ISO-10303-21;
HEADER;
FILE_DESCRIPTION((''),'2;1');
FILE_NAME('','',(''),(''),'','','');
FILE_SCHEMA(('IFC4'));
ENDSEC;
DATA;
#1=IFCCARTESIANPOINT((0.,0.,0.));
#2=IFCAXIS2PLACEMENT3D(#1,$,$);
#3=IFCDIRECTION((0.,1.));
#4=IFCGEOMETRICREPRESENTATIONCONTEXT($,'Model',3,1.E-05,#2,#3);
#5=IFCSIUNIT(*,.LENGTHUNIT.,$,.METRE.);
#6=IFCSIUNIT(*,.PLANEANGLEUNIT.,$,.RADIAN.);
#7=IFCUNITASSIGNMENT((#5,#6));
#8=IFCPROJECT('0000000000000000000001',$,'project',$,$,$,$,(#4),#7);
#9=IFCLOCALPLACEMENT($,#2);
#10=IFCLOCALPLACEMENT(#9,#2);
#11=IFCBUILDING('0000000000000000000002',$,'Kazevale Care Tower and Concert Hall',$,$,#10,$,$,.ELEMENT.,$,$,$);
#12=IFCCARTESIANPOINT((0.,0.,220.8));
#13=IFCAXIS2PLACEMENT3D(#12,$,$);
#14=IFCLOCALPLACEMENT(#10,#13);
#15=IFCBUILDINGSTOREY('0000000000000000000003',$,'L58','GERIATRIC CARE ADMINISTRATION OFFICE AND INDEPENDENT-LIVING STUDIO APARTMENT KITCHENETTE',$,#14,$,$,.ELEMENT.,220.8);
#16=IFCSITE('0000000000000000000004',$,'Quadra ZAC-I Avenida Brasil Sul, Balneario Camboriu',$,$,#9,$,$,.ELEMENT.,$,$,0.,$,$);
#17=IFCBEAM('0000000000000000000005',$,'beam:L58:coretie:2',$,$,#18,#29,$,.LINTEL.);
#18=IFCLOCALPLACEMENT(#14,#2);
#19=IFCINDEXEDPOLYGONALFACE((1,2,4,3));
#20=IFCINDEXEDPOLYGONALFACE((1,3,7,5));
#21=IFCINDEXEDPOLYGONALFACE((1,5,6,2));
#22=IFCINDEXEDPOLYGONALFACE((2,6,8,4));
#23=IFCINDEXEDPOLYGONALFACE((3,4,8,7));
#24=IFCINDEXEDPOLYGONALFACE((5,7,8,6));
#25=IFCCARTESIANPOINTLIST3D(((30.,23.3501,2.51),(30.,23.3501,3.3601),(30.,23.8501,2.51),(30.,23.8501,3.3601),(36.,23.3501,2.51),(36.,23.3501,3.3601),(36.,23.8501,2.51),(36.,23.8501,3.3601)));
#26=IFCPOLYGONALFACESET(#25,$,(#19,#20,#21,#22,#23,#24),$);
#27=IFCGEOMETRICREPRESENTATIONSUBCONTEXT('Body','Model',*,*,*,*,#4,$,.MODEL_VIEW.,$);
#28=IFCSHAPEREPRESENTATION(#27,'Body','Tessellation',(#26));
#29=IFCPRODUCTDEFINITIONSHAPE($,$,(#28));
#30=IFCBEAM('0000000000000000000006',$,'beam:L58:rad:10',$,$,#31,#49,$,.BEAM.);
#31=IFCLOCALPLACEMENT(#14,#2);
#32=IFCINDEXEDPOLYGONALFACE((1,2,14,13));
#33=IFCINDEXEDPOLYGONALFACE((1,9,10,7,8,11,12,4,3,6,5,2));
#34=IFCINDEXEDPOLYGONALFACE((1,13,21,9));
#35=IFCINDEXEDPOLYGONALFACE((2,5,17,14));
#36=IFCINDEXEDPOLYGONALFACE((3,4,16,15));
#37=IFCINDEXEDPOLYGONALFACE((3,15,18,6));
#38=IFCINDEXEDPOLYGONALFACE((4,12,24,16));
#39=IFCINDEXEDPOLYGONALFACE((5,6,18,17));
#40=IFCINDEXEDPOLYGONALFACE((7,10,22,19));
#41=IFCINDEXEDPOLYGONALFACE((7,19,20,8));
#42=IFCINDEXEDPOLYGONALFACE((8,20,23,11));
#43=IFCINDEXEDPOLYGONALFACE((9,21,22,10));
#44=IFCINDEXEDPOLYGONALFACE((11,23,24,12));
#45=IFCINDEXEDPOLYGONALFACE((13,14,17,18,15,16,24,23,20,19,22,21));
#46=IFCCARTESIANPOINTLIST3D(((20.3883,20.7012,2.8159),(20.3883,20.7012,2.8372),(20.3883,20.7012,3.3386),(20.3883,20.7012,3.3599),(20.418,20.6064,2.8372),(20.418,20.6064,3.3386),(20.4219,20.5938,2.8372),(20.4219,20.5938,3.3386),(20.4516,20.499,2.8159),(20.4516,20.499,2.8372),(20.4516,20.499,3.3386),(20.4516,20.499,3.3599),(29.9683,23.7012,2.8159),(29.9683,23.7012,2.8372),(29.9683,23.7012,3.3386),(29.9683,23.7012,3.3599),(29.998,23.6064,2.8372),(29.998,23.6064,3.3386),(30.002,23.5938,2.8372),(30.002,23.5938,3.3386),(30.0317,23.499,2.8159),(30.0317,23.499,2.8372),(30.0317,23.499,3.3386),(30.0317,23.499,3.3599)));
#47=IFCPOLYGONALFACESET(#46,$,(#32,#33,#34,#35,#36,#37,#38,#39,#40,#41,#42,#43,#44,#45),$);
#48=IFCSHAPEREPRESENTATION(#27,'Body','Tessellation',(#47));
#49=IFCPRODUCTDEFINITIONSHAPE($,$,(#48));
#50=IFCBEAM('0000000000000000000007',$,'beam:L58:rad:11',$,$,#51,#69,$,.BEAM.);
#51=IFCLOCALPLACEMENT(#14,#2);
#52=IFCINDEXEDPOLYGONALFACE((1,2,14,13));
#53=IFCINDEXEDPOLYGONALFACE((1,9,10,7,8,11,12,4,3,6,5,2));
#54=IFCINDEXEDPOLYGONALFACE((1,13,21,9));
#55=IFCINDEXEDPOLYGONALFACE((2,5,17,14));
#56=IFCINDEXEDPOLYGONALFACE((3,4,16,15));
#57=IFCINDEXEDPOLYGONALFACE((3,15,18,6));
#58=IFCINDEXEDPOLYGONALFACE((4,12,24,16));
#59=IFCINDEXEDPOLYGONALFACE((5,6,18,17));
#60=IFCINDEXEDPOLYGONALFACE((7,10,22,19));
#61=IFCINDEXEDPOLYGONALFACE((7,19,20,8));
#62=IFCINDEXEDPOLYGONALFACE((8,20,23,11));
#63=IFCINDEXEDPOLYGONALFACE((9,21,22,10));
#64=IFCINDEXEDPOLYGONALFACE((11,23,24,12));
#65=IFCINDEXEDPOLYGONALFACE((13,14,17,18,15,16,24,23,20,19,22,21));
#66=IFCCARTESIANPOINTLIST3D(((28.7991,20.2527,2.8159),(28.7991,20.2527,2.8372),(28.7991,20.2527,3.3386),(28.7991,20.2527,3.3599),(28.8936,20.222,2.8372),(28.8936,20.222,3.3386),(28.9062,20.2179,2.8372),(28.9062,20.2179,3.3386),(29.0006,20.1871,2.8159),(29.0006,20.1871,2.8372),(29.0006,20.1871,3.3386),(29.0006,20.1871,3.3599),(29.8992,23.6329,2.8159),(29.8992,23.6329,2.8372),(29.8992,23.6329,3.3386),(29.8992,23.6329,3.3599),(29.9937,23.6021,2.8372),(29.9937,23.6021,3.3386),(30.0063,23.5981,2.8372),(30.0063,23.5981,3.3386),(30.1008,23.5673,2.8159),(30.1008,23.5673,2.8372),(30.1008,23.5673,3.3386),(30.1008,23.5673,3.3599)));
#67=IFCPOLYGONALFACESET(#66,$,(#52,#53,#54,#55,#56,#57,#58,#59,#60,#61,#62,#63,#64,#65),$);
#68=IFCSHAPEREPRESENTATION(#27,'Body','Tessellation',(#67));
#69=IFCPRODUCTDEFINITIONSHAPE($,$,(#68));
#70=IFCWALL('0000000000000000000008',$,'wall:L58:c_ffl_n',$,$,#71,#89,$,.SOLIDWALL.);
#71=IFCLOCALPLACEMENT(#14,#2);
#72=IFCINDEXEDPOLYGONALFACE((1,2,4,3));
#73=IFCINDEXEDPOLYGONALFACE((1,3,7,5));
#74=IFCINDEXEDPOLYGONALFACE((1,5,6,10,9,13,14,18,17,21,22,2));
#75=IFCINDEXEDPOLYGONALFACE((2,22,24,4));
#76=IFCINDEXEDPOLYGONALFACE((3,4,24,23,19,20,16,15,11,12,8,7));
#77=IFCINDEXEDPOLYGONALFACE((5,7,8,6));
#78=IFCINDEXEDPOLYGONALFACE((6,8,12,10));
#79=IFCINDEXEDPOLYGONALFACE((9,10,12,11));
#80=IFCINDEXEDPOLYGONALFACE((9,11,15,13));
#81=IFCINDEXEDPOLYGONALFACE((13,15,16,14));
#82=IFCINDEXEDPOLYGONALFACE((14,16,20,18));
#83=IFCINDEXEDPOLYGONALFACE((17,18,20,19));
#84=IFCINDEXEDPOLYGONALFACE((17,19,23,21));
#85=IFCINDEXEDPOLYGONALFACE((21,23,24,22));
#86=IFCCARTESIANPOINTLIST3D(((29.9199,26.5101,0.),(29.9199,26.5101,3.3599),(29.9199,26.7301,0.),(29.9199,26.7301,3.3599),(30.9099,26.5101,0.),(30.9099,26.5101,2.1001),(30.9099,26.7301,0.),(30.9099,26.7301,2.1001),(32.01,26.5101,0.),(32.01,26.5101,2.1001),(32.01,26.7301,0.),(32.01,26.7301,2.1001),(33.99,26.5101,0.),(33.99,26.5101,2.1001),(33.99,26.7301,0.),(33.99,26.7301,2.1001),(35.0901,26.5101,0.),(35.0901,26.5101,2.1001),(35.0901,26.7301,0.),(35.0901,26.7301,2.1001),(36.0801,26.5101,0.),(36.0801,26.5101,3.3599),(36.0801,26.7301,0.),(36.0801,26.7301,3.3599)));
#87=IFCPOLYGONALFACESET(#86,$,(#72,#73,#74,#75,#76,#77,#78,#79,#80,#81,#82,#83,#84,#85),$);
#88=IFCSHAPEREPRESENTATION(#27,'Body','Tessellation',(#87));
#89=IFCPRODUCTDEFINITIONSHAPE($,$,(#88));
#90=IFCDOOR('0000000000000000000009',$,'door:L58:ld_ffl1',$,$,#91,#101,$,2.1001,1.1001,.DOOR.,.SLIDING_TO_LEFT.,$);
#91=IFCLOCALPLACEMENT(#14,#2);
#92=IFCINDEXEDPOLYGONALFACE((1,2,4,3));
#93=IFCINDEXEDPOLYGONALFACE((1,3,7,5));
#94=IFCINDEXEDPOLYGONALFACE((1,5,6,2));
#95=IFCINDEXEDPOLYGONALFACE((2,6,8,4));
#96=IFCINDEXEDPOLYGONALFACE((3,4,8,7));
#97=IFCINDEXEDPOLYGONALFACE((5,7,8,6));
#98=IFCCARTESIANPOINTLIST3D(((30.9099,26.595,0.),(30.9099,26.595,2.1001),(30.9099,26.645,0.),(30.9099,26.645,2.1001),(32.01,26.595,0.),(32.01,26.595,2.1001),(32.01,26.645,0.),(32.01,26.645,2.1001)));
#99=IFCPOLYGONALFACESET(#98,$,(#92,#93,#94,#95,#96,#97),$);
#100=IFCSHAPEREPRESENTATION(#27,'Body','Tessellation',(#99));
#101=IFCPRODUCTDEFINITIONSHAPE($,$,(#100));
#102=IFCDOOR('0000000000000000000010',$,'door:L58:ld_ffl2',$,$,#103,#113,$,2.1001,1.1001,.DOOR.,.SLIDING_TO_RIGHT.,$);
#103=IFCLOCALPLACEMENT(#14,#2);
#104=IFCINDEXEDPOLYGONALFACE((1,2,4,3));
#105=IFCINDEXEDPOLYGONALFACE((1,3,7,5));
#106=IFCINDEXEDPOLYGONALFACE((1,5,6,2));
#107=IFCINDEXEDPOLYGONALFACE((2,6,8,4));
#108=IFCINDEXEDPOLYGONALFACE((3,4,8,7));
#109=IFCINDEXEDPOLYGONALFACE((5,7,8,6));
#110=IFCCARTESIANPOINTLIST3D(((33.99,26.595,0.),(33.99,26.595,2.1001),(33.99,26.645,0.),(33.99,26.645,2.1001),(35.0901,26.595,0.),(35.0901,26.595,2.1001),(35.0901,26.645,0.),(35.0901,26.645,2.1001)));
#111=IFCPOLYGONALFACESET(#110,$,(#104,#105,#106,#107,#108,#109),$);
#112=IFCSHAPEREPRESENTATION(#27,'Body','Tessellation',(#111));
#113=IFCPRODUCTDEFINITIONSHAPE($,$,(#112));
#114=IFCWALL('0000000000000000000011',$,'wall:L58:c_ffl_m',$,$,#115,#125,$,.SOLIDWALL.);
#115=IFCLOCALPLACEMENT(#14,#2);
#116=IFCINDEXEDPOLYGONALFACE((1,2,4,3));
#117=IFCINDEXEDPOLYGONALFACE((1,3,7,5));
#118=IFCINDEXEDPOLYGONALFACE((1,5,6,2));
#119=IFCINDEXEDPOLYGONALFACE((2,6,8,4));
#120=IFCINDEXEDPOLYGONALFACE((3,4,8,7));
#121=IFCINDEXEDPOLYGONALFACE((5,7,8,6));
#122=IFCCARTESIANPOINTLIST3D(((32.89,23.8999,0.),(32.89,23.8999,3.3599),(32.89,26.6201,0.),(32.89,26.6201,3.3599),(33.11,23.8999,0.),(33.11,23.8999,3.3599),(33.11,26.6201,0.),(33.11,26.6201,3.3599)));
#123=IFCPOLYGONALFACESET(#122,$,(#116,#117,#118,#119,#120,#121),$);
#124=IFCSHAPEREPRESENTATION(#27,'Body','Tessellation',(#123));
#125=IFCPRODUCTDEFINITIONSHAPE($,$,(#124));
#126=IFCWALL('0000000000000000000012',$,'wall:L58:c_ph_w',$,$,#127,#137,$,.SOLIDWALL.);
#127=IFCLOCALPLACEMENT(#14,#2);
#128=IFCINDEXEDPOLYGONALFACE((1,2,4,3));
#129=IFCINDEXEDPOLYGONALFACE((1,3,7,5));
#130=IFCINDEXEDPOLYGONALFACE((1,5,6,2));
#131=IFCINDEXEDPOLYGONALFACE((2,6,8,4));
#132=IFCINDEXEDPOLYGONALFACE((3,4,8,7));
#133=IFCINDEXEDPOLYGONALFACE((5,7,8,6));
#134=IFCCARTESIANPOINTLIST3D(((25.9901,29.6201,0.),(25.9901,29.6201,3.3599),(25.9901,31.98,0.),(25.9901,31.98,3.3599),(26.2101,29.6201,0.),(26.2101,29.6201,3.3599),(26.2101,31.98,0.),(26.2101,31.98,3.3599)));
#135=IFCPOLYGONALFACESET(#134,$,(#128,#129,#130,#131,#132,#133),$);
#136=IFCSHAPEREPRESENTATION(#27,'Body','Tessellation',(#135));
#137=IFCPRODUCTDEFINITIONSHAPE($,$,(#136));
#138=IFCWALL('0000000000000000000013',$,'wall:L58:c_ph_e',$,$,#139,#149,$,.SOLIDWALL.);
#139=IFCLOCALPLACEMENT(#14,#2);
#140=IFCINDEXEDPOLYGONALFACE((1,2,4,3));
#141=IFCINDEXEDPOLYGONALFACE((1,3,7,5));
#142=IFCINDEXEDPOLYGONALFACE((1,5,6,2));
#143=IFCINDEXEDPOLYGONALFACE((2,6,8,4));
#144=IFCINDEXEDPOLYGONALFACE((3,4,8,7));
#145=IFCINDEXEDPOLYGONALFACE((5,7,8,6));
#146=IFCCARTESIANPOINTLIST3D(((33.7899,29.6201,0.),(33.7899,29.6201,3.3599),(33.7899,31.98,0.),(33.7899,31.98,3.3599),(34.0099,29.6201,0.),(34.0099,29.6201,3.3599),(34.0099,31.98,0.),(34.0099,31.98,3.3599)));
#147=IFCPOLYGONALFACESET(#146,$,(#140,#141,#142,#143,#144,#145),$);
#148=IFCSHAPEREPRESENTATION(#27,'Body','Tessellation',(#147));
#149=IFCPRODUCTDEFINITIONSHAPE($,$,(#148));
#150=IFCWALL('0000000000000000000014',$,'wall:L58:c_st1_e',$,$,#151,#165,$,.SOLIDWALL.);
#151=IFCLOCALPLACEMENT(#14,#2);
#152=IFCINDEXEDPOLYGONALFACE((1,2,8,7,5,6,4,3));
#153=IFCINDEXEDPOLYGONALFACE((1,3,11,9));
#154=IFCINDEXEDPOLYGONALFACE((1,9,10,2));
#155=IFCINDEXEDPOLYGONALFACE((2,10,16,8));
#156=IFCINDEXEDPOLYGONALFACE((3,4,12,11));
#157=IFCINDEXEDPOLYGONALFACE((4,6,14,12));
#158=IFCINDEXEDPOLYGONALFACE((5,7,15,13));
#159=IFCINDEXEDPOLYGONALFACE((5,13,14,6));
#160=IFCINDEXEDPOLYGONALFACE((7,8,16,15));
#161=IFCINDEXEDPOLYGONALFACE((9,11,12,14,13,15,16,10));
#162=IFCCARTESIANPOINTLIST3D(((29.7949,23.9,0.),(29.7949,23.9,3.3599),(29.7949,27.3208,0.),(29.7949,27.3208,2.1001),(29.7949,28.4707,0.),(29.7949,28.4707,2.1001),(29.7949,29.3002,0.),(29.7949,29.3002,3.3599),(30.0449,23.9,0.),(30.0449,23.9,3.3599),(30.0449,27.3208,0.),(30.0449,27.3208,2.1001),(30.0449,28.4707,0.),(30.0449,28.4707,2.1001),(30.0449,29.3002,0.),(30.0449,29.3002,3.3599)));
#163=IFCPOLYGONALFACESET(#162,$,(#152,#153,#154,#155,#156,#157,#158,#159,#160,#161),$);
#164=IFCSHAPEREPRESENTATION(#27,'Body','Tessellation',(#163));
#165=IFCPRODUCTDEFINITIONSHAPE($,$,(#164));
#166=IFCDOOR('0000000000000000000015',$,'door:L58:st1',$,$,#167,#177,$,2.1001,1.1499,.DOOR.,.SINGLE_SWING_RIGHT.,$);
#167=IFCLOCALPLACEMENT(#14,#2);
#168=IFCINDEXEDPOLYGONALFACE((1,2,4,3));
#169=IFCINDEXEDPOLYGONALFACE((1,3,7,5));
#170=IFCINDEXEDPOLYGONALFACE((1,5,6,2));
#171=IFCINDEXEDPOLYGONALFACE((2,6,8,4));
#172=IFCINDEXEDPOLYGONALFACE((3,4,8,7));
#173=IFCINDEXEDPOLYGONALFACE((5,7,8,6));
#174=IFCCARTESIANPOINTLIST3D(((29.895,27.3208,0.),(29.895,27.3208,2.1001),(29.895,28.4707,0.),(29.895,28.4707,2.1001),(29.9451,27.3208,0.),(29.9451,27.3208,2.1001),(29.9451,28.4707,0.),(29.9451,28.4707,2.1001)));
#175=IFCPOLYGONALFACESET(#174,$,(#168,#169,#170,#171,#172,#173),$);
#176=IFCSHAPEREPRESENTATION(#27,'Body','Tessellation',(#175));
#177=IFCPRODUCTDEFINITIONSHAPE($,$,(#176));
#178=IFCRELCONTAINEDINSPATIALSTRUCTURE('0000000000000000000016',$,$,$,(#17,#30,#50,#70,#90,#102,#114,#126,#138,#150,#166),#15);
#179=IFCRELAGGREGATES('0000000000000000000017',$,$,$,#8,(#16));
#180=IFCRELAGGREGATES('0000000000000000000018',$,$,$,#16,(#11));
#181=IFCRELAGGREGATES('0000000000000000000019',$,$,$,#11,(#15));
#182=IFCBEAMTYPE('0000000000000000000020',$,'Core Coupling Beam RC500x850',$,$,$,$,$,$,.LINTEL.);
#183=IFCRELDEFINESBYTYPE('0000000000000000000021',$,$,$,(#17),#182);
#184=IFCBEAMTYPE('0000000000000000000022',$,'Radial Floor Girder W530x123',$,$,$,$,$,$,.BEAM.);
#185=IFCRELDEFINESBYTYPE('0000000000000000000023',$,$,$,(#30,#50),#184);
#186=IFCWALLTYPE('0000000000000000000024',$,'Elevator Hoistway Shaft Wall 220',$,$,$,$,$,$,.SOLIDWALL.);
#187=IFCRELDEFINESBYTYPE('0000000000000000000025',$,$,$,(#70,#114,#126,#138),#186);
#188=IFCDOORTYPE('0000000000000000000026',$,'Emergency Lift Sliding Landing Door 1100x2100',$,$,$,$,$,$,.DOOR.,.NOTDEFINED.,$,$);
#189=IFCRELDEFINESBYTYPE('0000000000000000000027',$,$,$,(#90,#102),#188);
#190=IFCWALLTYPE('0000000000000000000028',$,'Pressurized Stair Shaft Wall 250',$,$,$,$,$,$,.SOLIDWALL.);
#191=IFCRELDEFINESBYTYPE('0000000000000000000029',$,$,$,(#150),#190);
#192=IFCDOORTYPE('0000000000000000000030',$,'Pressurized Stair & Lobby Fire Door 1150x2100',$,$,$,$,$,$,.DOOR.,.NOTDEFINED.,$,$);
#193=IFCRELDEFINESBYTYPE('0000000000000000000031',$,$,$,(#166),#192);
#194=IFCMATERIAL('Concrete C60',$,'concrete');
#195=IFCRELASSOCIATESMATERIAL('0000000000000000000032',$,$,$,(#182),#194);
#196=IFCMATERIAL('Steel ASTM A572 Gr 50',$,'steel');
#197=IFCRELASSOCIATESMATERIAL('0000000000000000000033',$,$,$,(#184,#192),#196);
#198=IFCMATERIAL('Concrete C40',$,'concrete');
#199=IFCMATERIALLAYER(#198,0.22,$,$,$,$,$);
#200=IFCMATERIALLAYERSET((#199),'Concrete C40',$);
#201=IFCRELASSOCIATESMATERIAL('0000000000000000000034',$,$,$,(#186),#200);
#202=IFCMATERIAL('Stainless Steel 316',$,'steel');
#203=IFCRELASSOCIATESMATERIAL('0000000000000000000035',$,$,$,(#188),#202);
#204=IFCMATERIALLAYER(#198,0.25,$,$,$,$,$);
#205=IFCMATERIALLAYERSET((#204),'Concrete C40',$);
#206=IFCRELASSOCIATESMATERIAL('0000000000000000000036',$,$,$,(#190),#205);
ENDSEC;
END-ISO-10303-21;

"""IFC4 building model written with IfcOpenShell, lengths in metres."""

from ifc_helpers import new_model, si_unit, direction, frame, frame_2d, origin, origin_2d, place, context, subcontext, project, spatial, rectangle, i_section, extrude, material, layer, layer_set, material_profile, profile_set, type_object, element, fill, save


model = new_model("IFC4")

# Units and contexts
model_context = context("Model", 3, precision=1e-05, world=origin(), true_north=direction((0.0, 1.0)))
body_context = subcontext(model_context, "Body", "Model", "MODEL_VIEW")
ifc_project = project(units=[si_unit("LENGTHUNIT", "METRE"), si_unit("PLANEANGLEUNIT", "RADIAN")], contexts=[model_context])

# Site, building, storey
site_placement = place(None, origin())
site = spatial("IfcSite", under=ifc_project, at=site_placement, Name="Quadra ZAC-I Avenida Brasil Sul, Balneario Camboriu", CompositionType="ELEMENT", RefElevation=0.0)
building_placement = place(site_placement, origin())
building = spatial("IfcBuilding", under=site, at=building_placement, Name="Kazevale Care Tower and Concert Hall", CompositionType="ELEMENT")
storey_placement = place(building_placement, frame((0.0, 0.0, 220.8)))
storey = spatial("IfcBuildingStorey", under=building, at=storey_placement, Name="L58", Description="GERIATRIC CARE ADMINISTRATION OFFICE AND INDEPENDENT-LIVING STUDIO APARTMENT KITCHENETTE", CompositionType="ELEMENT", Elevation=220.8)

# Beams
ifc_material_1 = material(Name="Concrete C60", Category="concrete")
ifc_material_profile_1 = material_profile(ifc_material_1, rectangle(XDim=0.5, YDim=0.8501, at=origin_2d()), Name="RC-B500x850")
ifc_profile_set_1 = profile_set([ifc_material_profile_1], Name="Concrete C60")
beam_type_1 = type_object("IfcBeamType", Name="Core Coupling Beam RC500x850", PredefinedType="LINTEL", material=ifc_profile_set_1)
beam_1_placement = place(storey_placement, frame((30.0, 23.6001, 2.9351), z_axis=(1.0, 0.0, 0.0), x_axis=(0.0, 1.0, 0.0)))
element("IfcBeam", 1, at=beam_1_placement, inside=storey, type_object=beam_type_1, Name="beam:L58:coretie:2", PredefinedType="LINTEL", context=body_context, shape_type="SweptSolid", body=[
    extrude(rectangle(XDim=0.5, YDim=0.8501, at=origin_2d()), origin(), (0.0, 0.0, 1.0), 6.0),
])
ifc_material_2 = material(Name="Steel ASTM A572 Gr 50", Category="steel")
ifc_material_profile_2 = material_profile(ifc_material_2, i_section(OverallWidth=0.2119, OverallDepth=0.5439, WebThickness=0.0132, FlangeThickness=0.0212, at=origin_2d()), Name="W530x123")
ifc_profile_set_2 = profile_set([ifc_material_profile_2], Name="Steel ASTM A572 Gr 50")
beam_type_2 = type_object("IfcBeamType", Name="Radial Floor Girder W530x123", PredefinedType="BEAM", material=ifc_profile_set_2)
beam_2_placement = place(storey_placement, frame((30.0, 23.6001, 3.0879), z_axis=(-0.954303, -0.29884, 0.0), x_axis=(0.29884, -0.954303, 0.0)))
element("IfcBeam", 2, at=beam_2_placement, inside=storey, type_object=beam_type_2, Name="beam:L58:rad:10", PredefinedType="BEAM", context=body_context, shape_type="SweptSolid", body=[
    extrude(i_section(OverallWidth=0.2119, OverallDepth=0.5439, WebThickness=0.0132, FlangeThickness=0.0212, at=origin_2d()), origin(), (0.0, 0.0, 1.0), 10.0388),
])
beam_3_placement = place(storey_placement, frame((30.0, 23.6001, 3.0879), z_axis=(-0.309482, -0.950905, 0.0), x_axis=(0.950905, -0.309482, 0.0)))
element("IfcBeam", 3, at=beam_3_placement, inside=storey, type_object=beam_type_2, Name="beam:L58:rad:11", PredefinedType="BEAM", context=body_context, shape_type="SweptSolid", body=[
    extrude(i_section(OverallWidth=0.2119, OverallDepth=0.5439, WebThickness=0.0132, FlangeThickness=0.0212, at=origin_2d()), origin(), (0.0, 0.0, 1.0), 3.5547),
])

# Wall, openings, doors
ifc_material_3 = material(Name="Concrete C40", Category="concrete")
ifc_layer_1 = layer(ifc_material_3, 0.22)
ifc_layer_set_1 = layer_set([ifc_layer_1], Name="Concrete C40")
wall_type_1 = type_object("IfcWallType", Name="Elevator Hoistway Shaft Wall 220", PredefinedType="SOLIDWALL", material=ifc_layer_set_1)
wall_1_placement = place(storey_placement, frame((29.9199, 26.6201, 0.0), z_axis=(0.0, 0.0, 1.0), x_axis=(1.0, 0.0, 0.0)))
wall_1 = element("IfcWall", 4, at=wall_1_placement, inside=storey, type_object=wall_type_1, Name="wall:L58:c_ffl_n", PredefinedType="SOLIDWALL", context=body_context, shape_type="SweptSolid", body=[
    extrude(rectangle(XDim=6.1602, YDim=0.22, at=frame_2d((3.0801, 0.0))), origin(), (0.0, 0.0, 1.0), 3.3599),
])
opening_1_placement = place(wall_1_placement, frame((0.99, 0.0, 0.0)))
opening_1 = element("IfcOpeningElement", 5, at=opening_1_placement, cuts=wall_1, PredefinedType="OPENING", context=body_context, shape_type="SweptSolid", body=[
    extrude(rectangle(XDim=1.1001, YDim=2.1001, at=frame_2d((0.55, 1.05))), frame((0.0, 0.1199, 0.0), z_axis=(0.0, -1.0, 0.0), x_axis=(1.0, 0.0, 0.0)), (0.0, 0.0, 1.0), 0.24),
])
opening_2_placement = place(wall_1_placement, frame((4.0701, 0.0, 0.0)))
opening_2 = element("IfcOpeningElement", 6, at=opening_2_placement, cuts=wall_1, PredefinedType="OPENING", context=body_context, shape_type="SweptSolid", body=[
    extrude(rectangle(XDim=1.1001, YDim=2.1001, at=frame_2d((0.55, 1.05))), frame((0.0, 0.1199, 0.0), z_axis=(0.0, -1.0, 0.0), x_axis=(1.0, 0.0, 0.0)), (0.0, 0.0, 1.0), 0.24),
])
ifc_material_4 = material(Name="Stainless Steel 316", Category="steel")
door_type_1 = type_object("IfcDoorType", Name="Emergency Lift Sliding Landing Door 1100x2100", OperationType="NOTDEFINED", PredefinedType="DOOR", material=ifc_material_4)
door_1_placement = place(opening_1_placement, origin())
door_1 = element("IfcDoor", 7, at=door_1_placement, inside=storey, type_object=door_type_1, Name="door:L58:ld_ffl1", OperationType="SLIDING_TO_LEFT", OverallHeight=2.1001, OverallWidth=1.1001, PredefinedType="DOOR", context=body_context, shape_type="SweptSolid", body=[
    extrude(rectangle(XDim=1.1001, YDim=2.1001, at=frame_2d((0.55, 1.05))), frame((0.0, 0.0249, 0.0), z_axis=(0.0, -1.0, 0.0), x_axis=(1.0, 0.0, 0.0)), (0.0, 0.0, 1.0), 0.05),
])
fill(opening_1, door_1)
door_2_placement = place(opening_2_placement, origin())
door_2 = element("IfcDoor", 8, at=door_2_placement, inside=storey, type_object=door_type_1, Name="door:L58:ld_ffl2", OperationType="SLIDING_TO_RIGHT", OverallHeight=2.1001, OverallWidth=1.1001, PredefinedType="DOOR", context=body_context, shape_type="SweptSolid", body=[
    extrude(rectangle(XDim=1.1001, YDim=2.1001, at=frame_2d((0.55, 1.05))), frame((0.0, 0.0249, 0.0), z_axis=(0.0, -1.0, 0.0), x_axis=(1.0, 0.0, 0.0)), (0.0, 0.0, 1.0), 0.05),
])
fill(opening_2, door_2)

# Walls
wall_2_placement = place(storey_placement, frame((33.0, 23.8999, 0.0), z_axis=(0.0, 0.0, 1.0), x_axis=(0.0, 1.0, 0.0)))
element("IfcWall", 9, at=wall_2_placement, inside=storey, type_object=wall_type_1, Name="wall:L58:c_ffl_m", PredefinedType="SOLIDWALL", context=body_context, shape_type="SweptSolid", body=[
    extrude(rectangle(XDim=2.7202, YDim=0.22, at=frame_2d((1.3601, 0.0))), origin(), (0.0, 0.0, 1.0), 3.3599),
])
for number, where, z_axis, x_axis, name in (
    (10, (26.1001, 29.6201, 0.0), (0.0, 0.0, 1.0), (0.0, 1.0, 0.0), "wall:L58:c_ph_w"),
    (11, (33.8999, 29.6201, 0.0), (0.0, 0.0, 1.0), (0.0, 1.0, 0.0), "wall:L58:c_ph_e"),
):
    element("IfcWall", number, at=place(storey_placement, frame(where, z_axis=z_axis, x_axis=x_axis)), inside=storey, type_object=wall_type_1, Name=name, PredefinedType="SOLIDWALL", context=body_context, shape_type="SweptSolid", body=[
        extrude(rectangle(XDim=2.3599, YDim=0.22, at=frame_2d((1.1799, 0.0))), origin(), (0.0, 0.0, 1.0), 3.3599),
    ])

# Wall, opening, door
ifc_layer_2 = layer(ifc_material_3, 0.25)
ifc_layer_set_2 = layer_set([ifc_layer_2], Name="Concrete C40")
wall_type_2 = type_object("IfcWallType", Name="Pressurized Stair Shaft Wall 250", PredefinedType="SOLIDWALL", material=ifc_layer_set_2)
wall_3_placement = place(storey_placement, frame((29.9199, 23.8999, 0.0), z_axis=(0.0, 0.0, 1.0), x_axis=(0.0, 1.0, 0.0)))
wall_3 = element("IfcWall", 12, at=wall_3_placement, inside=storey, type_object=wall_type_2, Name="wall:L58:c_st1_e", PredefinedType="SOLIDWALL", context=body_context, shape_type="SweptSolid", body=[
    extrude(rectangle(XDim=5.4001, YDim=0.25, at=frame_2d((2.7002, 0.0))), origin(), (0.0, 0.0, 1.0), 3.3599),
])
opening_3_placement = place(wall_3_placement, frame((3.4209, 0.0, 0.0)))
opening_3 = element("IfcOpeningElement", 13, at=opening_3_placement, cuts=wall_3, PredefinedType="OPENING", context=body_context, shape_type="SweptSolid", body=[
    extrude(rectangle(XDim=1.1499, YDim=2.1001, at=frame_2d((0.575, 1.05))), frame((0.0, 0.135, 0.0), z_axis=(0.0, -1.0, 0.0), x_axis=(1.0, 0.0, 0.0)), (0.0, 0.0, 1.0), 0.27),
])
door_type_2 = type_object("IfcDoorType", Name="Pressurized Stair & Lobby Fire Door 1150x2100", OperationType="NOTDEFINED", PredefinedType="DOOR", material=ifc_material_2)
door_3_placement = place(opening_3_placement, origin())
door_3 = element("IfcDoor", 14, at=door_3_placement, inside=storey, type_object=door_type_2, Name="door:L58:st1", OperationType="SINGLE_SWING_RIGHT", OverallHeight=2.1001, OverallWidth=1.1499, PredefinedType="DOOR", context=body_context, shape_type="SweptSolid", body=[
    extrude(rectangle(XDim=1.1499, YDim=2.1001, at=frame_2d((0.575, 1.05))), frame((0.0, 0.0249, 0.0), z_axis=(0.0, -1.0, 0.0), x_axis=(1.0, 0.0, 0.0)), (0.0, 0.0, 1.0), 0.05),
])
fill(opening_3, door_3)

save(model, "model.ifc")
